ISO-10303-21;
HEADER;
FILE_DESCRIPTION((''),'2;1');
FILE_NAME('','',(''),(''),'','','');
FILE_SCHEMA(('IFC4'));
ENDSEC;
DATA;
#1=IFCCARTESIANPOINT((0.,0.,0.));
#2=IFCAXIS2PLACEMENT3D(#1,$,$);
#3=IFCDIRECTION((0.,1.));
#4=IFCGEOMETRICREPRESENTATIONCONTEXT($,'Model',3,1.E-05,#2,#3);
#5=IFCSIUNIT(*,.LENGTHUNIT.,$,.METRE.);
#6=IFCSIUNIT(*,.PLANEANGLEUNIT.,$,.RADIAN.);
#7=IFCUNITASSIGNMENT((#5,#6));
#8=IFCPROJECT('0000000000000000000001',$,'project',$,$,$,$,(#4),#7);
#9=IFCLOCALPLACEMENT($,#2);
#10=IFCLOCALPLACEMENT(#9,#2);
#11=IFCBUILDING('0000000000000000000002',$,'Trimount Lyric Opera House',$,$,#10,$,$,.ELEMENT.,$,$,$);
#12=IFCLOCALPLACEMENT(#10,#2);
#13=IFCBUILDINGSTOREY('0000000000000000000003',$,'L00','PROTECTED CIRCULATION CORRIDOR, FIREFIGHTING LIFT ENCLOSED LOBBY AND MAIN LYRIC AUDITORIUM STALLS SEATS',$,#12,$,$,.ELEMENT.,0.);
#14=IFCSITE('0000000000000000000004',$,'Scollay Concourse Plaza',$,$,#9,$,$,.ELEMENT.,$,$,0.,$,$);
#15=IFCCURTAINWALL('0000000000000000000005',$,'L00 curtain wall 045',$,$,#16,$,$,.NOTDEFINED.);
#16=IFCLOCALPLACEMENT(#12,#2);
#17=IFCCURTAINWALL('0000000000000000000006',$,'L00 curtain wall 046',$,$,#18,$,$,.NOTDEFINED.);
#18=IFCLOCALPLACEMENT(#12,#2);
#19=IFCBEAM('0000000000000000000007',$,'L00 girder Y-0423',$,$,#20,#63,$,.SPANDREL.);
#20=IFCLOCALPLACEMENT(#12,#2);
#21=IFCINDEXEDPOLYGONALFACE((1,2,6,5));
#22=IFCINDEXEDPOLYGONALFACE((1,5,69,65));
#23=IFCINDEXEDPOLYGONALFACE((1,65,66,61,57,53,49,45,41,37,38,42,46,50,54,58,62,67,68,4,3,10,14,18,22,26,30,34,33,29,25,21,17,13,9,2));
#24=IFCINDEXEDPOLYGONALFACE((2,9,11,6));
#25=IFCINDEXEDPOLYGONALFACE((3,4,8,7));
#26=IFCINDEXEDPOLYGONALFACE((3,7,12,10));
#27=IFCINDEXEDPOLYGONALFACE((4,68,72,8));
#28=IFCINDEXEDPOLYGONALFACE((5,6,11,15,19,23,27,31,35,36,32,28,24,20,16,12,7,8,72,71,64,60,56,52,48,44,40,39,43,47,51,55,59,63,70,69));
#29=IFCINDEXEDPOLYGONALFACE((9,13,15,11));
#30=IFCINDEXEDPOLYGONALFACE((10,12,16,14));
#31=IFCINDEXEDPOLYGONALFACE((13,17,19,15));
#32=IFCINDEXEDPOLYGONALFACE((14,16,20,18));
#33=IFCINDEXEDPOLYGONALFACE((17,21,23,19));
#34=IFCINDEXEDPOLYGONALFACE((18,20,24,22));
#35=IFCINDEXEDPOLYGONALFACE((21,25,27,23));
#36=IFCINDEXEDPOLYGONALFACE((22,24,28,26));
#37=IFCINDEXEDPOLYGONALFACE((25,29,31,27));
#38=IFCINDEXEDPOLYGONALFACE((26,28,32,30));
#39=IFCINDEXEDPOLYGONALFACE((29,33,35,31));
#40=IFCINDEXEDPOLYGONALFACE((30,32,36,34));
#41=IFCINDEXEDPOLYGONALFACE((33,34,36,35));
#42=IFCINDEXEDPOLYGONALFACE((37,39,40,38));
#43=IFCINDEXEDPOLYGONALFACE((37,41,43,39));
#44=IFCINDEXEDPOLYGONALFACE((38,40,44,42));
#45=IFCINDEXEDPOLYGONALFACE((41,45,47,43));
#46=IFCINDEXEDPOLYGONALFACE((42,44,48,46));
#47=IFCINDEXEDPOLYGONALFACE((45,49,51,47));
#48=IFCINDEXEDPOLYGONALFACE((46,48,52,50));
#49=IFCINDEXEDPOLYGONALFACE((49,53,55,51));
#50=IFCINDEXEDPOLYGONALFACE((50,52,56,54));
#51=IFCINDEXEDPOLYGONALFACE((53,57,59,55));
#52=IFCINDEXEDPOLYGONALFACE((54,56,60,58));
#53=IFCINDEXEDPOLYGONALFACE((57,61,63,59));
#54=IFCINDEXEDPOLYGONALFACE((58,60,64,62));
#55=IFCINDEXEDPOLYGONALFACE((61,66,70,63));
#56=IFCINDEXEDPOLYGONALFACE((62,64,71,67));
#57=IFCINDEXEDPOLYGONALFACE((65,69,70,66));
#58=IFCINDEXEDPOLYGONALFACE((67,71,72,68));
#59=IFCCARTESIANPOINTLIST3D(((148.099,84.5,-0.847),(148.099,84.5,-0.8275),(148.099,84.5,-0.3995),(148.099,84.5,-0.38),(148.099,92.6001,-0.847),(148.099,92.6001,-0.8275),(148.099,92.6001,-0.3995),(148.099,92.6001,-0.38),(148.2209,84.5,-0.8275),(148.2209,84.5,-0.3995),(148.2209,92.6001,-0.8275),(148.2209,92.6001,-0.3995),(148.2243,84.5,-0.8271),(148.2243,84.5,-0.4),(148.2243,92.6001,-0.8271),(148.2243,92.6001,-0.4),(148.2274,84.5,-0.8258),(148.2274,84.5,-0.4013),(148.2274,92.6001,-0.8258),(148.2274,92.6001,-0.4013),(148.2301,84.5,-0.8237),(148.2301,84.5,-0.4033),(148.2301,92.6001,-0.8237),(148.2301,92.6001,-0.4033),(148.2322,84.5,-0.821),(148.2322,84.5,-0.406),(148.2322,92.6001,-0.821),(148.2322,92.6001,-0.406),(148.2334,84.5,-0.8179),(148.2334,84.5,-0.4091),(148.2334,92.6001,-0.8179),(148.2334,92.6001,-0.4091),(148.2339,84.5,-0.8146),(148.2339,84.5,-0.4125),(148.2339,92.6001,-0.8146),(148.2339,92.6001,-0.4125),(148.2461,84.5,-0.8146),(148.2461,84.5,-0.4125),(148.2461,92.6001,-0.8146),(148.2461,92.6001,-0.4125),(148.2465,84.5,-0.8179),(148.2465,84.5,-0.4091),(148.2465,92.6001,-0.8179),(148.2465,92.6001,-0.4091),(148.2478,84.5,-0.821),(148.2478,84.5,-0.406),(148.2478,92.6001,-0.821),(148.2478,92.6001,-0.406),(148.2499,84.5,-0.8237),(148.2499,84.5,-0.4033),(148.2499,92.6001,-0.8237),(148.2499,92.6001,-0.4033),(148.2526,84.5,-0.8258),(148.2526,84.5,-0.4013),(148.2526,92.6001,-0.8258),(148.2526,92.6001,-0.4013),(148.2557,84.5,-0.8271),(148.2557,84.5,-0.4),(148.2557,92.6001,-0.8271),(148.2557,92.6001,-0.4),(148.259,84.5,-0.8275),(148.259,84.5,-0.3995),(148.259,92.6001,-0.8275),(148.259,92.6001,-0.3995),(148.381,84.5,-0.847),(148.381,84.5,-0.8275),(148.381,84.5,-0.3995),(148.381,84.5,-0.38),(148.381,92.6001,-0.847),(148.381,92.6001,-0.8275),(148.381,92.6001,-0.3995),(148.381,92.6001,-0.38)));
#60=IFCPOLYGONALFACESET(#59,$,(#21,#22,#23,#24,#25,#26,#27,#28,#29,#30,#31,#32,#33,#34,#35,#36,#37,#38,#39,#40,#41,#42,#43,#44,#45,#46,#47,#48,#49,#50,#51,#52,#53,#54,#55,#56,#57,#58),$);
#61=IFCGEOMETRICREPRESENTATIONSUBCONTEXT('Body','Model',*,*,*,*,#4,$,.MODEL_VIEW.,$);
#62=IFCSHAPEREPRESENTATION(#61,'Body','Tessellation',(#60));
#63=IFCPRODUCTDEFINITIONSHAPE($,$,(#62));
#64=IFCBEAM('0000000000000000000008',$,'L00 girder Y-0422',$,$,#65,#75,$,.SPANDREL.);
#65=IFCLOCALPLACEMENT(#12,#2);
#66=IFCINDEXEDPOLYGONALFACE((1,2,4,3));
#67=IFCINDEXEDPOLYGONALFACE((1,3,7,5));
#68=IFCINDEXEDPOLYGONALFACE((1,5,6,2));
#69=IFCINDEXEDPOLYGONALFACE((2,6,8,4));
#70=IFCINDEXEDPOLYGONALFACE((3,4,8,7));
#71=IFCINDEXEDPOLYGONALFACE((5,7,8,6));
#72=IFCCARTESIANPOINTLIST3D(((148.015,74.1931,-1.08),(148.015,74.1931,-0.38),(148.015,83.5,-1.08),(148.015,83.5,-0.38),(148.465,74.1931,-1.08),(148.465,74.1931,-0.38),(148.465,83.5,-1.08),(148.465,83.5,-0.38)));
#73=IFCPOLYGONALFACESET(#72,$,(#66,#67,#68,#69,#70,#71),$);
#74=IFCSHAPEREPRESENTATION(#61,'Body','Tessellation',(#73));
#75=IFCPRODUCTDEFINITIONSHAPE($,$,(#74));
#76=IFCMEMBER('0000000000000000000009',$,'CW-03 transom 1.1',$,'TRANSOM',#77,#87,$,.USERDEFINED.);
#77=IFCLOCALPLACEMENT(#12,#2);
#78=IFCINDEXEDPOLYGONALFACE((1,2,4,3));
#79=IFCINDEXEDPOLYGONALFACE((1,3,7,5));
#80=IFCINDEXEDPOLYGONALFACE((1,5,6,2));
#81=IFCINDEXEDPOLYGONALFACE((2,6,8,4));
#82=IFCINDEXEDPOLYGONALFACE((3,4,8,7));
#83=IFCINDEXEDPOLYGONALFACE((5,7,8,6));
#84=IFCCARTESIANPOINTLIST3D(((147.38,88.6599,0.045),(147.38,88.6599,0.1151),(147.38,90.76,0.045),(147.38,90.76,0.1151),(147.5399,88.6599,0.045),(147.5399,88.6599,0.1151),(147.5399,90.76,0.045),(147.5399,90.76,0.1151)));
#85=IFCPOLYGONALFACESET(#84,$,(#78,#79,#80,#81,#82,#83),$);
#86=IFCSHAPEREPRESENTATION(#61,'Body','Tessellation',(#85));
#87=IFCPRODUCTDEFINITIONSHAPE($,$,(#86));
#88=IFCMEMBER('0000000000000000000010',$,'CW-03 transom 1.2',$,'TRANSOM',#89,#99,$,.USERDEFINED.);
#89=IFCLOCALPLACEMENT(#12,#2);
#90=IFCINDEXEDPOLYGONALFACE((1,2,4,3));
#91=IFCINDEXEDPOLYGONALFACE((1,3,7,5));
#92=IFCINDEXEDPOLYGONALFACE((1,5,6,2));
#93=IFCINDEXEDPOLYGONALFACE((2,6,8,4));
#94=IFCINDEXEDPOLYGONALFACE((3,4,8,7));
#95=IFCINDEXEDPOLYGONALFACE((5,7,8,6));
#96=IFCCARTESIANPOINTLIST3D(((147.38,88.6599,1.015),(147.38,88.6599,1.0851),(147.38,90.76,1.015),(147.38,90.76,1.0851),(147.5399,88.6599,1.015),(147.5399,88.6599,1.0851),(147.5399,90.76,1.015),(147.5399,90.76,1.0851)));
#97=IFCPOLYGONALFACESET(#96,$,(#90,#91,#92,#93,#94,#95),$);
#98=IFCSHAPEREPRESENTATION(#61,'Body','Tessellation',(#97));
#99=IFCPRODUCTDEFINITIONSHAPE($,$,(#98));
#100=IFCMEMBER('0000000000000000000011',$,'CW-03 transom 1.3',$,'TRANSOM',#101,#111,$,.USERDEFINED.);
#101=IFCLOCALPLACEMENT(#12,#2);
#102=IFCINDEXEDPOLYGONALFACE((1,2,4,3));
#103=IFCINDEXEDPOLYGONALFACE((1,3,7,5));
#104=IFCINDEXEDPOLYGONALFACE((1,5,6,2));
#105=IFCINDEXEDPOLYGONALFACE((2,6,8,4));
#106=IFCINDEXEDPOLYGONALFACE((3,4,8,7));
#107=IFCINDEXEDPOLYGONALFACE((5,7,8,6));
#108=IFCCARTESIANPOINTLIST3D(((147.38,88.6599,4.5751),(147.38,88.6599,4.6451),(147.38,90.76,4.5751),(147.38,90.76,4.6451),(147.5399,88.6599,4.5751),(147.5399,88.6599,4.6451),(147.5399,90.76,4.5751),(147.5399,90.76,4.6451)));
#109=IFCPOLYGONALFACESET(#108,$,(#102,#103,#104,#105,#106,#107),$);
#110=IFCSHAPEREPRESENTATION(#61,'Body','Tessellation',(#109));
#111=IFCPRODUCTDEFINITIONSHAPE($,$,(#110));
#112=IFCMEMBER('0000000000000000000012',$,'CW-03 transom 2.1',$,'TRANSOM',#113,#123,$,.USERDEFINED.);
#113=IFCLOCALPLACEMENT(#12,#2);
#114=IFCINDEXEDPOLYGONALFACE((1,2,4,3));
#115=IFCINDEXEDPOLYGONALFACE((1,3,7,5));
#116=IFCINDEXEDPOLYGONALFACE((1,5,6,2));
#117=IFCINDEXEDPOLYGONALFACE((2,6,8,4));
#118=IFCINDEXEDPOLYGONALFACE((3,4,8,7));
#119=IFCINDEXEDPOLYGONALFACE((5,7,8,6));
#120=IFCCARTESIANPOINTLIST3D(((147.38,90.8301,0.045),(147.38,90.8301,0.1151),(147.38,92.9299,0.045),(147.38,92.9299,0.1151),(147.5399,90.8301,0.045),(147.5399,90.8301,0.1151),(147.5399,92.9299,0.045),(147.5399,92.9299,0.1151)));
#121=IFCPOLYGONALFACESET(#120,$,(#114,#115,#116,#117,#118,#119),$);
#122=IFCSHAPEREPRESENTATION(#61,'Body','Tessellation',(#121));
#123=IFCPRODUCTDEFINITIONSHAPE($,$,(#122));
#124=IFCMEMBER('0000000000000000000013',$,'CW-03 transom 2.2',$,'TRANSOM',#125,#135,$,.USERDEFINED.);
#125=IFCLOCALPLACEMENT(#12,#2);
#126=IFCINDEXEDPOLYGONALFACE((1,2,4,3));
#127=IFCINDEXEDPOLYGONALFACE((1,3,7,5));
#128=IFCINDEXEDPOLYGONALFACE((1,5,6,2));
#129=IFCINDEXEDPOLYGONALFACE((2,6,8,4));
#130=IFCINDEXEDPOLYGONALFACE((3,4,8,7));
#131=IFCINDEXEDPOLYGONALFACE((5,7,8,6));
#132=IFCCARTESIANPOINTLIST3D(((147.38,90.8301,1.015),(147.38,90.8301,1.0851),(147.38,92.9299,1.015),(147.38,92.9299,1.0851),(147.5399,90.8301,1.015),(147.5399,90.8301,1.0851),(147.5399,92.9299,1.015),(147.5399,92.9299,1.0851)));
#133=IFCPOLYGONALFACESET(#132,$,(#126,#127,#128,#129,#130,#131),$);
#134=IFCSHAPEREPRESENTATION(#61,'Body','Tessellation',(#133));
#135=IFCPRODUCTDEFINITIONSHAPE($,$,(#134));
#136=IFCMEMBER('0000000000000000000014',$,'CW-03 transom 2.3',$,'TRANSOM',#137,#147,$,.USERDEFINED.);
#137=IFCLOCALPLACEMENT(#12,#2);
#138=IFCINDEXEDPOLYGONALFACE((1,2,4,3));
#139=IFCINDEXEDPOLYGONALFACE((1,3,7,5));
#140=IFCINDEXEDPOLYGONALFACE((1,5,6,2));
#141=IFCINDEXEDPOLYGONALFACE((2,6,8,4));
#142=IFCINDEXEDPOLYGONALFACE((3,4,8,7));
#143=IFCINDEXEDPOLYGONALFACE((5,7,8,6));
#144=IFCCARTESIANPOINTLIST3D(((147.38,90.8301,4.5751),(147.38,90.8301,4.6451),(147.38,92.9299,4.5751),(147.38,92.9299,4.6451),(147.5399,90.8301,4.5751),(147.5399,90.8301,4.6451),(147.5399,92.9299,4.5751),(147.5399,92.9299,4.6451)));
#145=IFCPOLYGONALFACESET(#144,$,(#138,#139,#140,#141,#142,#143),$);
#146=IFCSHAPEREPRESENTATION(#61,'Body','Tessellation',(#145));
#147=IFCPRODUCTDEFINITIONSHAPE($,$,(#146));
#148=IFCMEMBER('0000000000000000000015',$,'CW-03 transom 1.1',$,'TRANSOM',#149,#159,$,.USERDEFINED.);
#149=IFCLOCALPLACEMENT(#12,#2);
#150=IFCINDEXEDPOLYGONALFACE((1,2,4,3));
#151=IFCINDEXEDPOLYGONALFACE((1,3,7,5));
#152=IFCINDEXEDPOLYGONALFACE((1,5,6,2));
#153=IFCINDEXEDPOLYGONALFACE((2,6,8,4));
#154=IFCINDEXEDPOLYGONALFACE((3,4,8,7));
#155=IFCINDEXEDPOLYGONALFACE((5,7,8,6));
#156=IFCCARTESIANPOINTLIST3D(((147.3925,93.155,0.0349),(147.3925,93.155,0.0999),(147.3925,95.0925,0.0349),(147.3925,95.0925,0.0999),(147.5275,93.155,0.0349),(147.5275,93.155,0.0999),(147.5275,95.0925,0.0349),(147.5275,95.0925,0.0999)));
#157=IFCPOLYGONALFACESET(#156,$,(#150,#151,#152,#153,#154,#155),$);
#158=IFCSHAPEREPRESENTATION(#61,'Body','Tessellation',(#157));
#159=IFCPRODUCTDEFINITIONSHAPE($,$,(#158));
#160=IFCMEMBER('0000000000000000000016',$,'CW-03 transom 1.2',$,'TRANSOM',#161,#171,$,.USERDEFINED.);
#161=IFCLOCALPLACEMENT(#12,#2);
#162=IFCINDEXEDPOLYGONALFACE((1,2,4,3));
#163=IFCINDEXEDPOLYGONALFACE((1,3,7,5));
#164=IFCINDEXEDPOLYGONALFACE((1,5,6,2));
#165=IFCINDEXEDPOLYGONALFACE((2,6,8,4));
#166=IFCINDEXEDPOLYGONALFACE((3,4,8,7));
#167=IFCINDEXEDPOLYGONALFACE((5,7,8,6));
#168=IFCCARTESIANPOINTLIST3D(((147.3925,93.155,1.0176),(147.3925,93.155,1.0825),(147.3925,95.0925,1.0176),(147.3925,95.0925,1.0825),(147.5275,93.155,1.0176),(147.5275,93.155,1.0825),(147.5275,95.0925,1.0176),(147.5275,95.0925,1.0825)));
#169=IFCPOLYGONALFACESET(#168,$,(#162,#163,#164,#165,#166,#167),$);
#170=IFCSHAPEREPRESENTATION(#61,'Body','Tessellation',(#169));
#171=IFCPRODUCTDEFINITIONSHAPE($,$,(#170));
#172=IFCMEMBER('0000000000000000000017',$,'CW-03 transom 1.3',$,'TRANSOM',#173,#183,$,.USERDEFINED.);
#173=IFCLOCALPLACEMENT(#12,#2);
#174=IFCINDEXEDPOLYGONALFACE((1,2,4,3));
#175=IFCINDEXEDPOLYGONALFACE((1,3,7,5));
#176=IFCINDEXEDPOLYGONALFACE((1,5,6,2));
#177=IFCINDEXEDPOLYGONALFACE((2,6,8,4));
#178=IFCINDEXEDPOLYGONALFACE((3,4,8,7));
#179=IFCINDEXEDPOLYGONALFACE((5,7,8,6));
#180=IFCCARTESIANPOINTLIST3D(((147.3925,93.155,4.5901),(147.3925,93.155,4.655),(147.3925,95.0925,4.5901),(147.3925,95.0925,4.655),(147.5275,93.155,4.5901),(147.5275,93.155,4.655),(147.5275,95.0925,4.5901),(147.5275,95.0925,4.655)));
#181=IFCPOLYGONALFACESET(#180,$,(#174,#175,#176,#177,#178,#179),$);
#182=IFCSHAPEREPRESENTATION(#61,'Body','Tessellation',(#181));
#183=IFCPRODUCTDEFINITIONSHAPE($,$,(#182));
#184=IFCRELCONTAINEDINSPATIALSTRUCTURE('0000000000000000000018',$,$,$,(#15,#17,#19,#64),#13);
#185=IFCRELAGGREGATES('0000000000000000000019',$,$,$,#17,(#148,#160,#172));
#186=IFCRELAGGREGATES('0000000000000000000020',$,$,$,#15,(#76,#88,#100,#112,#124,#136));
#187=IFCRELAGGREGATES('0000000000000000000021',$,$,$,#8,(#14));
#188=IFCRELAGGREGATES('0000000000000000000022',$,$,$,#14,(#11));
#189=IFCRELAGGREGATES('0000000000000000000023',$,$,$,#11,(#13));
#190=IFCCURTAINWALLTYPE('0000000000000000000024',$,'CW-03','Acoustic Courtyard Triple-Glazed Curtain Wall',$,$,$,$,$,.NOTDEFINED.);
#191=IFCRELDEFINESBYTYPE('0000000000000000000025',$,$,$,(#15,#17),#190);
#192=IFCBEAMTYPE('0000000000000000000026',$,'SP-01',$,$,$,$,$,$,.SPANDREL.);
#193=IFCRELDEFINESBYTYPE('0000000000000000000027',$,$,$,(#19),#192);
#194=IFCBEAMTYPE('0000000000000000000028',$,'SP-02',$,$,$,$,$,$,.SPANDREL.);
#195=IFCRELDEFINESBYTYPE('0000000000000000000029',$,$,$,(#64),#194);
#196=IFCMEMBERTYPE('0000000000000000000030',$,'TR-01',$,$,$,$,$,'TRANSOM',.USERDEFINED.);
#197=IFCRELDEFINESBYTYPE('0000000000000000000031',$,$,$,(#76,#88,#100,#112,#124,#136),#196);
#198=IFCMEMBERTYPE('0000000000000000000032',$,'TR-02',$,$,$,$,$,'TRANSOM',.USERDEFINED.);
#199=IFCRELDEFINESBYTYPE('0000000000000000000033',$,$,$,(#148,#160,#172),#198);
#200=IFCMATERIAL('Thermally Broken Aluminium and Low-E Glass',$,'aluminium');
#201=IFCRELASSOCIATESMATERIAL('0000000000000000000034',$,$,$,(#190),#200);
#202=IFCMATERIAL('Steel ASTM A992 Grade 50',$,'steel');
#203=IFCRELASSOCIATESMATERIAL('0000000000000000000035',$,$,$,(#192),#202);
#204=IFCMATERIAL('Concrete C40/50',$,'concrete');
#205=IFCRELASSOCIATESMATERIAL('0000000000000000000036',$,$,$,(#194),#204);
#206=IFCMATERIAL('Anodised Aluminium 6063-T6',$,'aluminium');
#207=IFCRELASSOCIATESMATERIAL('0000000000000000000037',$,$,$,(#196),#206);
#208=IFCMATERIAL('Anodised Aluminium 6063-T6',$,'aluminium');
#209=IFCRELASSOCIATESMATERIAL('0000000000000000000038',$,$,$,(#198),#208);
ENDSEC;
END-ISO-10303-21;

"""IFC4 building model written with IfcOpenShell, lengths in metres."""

from ifc_helpers import new_model, si_unit, direction, frame, origin, origin_2d, place, context, subcontext, project, spatial, rectangle, i_section, extrude, material, material_profile, profile_set, type_object, element, aggregate, save


model = new_model("IFC4")

# Units and contexts
model_context = context("Model", 3, precision=1e-05, world=origin(), true_north=direction((0.0, 1.0)))
body_context = subcontext(model_context, "Body", "Model", "MODEL_VIEW")
ifc_project = project(units=[si_unit("LENGTHUNIT", "METRE"), si_unit("PLANEANGLEUNIT", "RADIAN")], contexts=[model_context])

# Site, building, storey
site_placement = place(None, origin())
site = spatial("IfcSite", under=ifc_project, at=site_placement, Name="Scollay Concourse Plaza", CompositionType="ELEMENT", RefElevation=0.0)
building_placement = place(site_placement, origin())
building = spatial("IfcBuilding", under=site, at=building_placement, Name="Trimount Lyric Opera House", CompositionType="ELEMENT")
storey_placement = place(building_placement, origin())
storey = spatial("IfcBuildingStorey", under=building, at=storey_placement, Name="L00", Description="PROTECTED CIRCULATION CORRIDOR, FIREFIGHTING LIFT ENCLOSED LOBBY AND MAIN LYRIC AUDITORIUM STALLS SEATS", CompositionType="ELEMENT", Elevation=0.0)

# Curtain wall
ifc_material_1 = material(Name="Thermally Broken Aluminium and Low-E Glass", Category="aluminium")
curtain_wall_type = type_object("IfcCurtainWallType", Name="CW-03", Description="Acoustic Courtyard Triple-Glazed Curtain Wall", PredefinedType="NOTDEFINED", material=ifc_material_1)
curtain_wall_1_placement = place(storey_placement, origin())
curtain_wall_1 = element("IfcCurtainWall", 1, at=curtain_wall_1_placement, inside=storey, type_object=curtain_wall_type, Name="L00 curtain wall 045", PredefinedType="NOTDEFINED")

# Curtain wall
curtain_wall_2_placement = place(storey_placement, origin())
curtain_wall_2 = element("IfcCurtainWall", 2, at=curtain_wall_2_placement, inside=storey, type_object=curtain_wall_type, Name="L00 curtain wall 046", PredefinedType="NOTDEFINED")

# Beams
ifc_material_2 = material(Name="Steel ASTM A992 Grade 50", Category="steel")
ifc_material_profile_1 = material_profile(ifc_material_2, i_section(OverallWidth=0.282, OverallDepth=0.467, WebThickness=0.0122, FlangeThickness=0.0195, FilletRadius=0.0129, at=origin_2d()), Name="W18X86")
ifc_profile_set_1 = profile_set([ifc_material_profile_1], Name="Steel ASTM A992 Grade 50")
beam_type_1 = type_object("IfcBeamType", Name="SP-01", PredefinedType="SPANDREL", material=ifc_profile_set_1)
beam_1_placement = place(storey_placement, frame((148.24, 84.5, -0.6135), z_axis=(0.0, 1.0, 0.0), x_axis=(-1.0, 0.0, 0.0)))
element("IfcBeam", 3, at=beam_1_placement, inside=storey, type_object=beam_type_1, Name="L00 girder Y-0423", PredefinedType="SPANDREL", context=body_context, shape_type="SweptSolid", body=[
    extrude(i_section(OverallWidth=0.282, OverallDepth=0.467, WebThickness=0.0122, FlangeThickness=0.0195, FilletRadius=0.0129, at=origin_2d()), origin(), (0.0, 0.0, 1.0), 8.1001),
])
ifc_material_3 = material(Name="Concrete C40/50", Category="concrete")
ifc_material_profile_2 = material_profile(ifc_material_3, rectangle(XDim=0.45, YDim=0.7, at=origin_2d()), Name="RC450X700")
ifc_profile_set_2 = profile_set([ifc_material_profile_2], Name="Concrete C40/50")
beam_type_2 = type_object("IfcBeamType", Name="SP-02", PredefinedType="SPANDREL", material=ifc_profile_set_2)
beam_2_placement = place(storey_placement, frame((148.24, 74.1931, -0.73), z_axis=(0.0, 1.0, 0.0), x_axis=(-1.0, 0.0, 0.0)))
element("IfcBeam", 4, at=beam_2_placement, inside=storey, type_object=beam_type_2, Name="L00 girder Y-0422", PredefinedType="SPANDREL", context=body_context, shape_type="SweptSolid", body=[
    extrude(rectangle(XDim=0.45, YDim=0.7, at=origin_2d()), origin(), (0.0, 0.0, 1.0), 9.3069),
])

# Members
ifc_material_4 = material(Name="Anodised Aluminium 6063-T6", Category="aluminium")
ifc_material_profile_3 = material_profile(ifc_material_4, rectangle(XDim=0.1599, YDim=0.0701, at=origin_2d()), Name="ALU-TRAN-70X160")
ifc_profile_set_3 = profile_set([ifc_material_profile_3], Name="Anodised Aluminium 6063-T6")
member_type_1 = type_object("IfcMemberType", Name="TR-01", ElementType="TRANSOM", PredefinedType="USERDEFINED", material=ifc_profile_set_3)
member_1_placement = place(storey_placement, frame((147.46, 88.6599, 0.0801), z_axis=(0.0, 1.0, 0.0), x_axis=(-1.0, 0.0, 0.0)))
member_1 = element("IfcMember", 5, at=member_1_placement, type_object=member_type_1, Name="CW-03 transom 1.1", ObjectType="TRANSOM", PredefinedType="USERDEFINED", context=body_context, shape_type="SweptSolid", body=[
    extrude(rectangle(XDim=0.1599, YDim=0.0701, at=origin_2d()), origin(), (0.0, 0.0, 1.0), 2.1001),
])
member_2_placement = place(storey_placement, frame((147.46, 88.6599, 1.05), z_axis=(0.0, 1.0, 0.0), x_axis=(-1.0, 0.0, 0.0)))
member_2 = element("IfcMember", 6, at=member_2_placement, type_object=member_type_1, Name="CW-03 transom 1.2", ObjectType="TRANSOM", PredefinedType="USERDEFINED", context=body_context, shape_type="SweptSolid", body=[
    extrude(rectangle(XDim=0.1599, YDim=0.0701, at=origin_2d()), origin(), (0.0, 0.0, 1.0), 2.1001),
])
member_3_placement = place(storey_placement, frame((147.46, 88.6599, 4.6101), z_axis=(0.0, 1.0, 0.0), x_axis=(-1.0, 0.0, 0.0)))
member_3 = element("IfcMember", 7, at=member_3_placement, type_object=member_type_1, Name="CW-03 transom 1.3", ObjectType="TRANSOM", PredefinedType="USERDEFINED", context=body_context, shape_type="SweptSolid", body=[
    extrude(rectangle(XDim=0.1599, YDim=0.0701, at=origin_2d()), origin(), (0.0, 0.0, 1.0), 2.1001),
])
member_4_placement = place(storey_placement, frame((147.46, 90.8301, 0.0801), z_axis=(0.0, 1.0, 0.0), x_axis=(-1.0, 0.0, 0.0)))
member_4 = element("IfcMember", 8, at=member_4_placement, type_object=member_type_1, Name="CW-03 transom 2.1", ObjectType="TRANSOM", PredefinedType="USERDEFINED", context=body_context, shape_type="SweptSolid", body=[
    extrude(rectangle(XDim=0.1599, YDim=0.0701, at=origin_2d()), origin(), (0.0, 0.0, 1.0), 2.0999),
])
member_5_placement = place(storey_placement, frame((147.46, 90.8301, 1.05), z_axis=(0.0, 1.0, 0.0), x_axis=(-1.0, 0.0, 0.0)))
member_5 = element("IfcMember", 9, at=member_5_placement, type_object=member_type_1, Name="CW-03 transom 2.2", ObjectType="TRANSOM", PredefinedType="USERDEFINED", context=body_context, shape_type="SweptSolid", body=[
    extrude(rectangle(XDim=0.1599, YDim=0.0701, at=origin_2d()), origin(), (0.0, 0.0, 1.0), 2.0999),
])
member_6_placement = place(storey_placement, frame((147.46, 90.8301, 4.6101), z_axis=(0.0, 1.0, 0.0), x_axis=(-1.0, 0.0, 0.0)))
member_6 = element("IfcMember", 10, at=member_6_placement, type_object=member_type_1, Name="CW-03 transom 2.3", ObjectType="TRANSOM", PredefinedType="USERDEFINED", context=body_context, shape_type="SweptSolid", body=[
    extrude(rectangle(XDim=0.1599, YDim=0.0701, at=origin_2d()), origin(), (0.0, 0.0, 1.0), 2.0999),
])
ifc_material_5 = material(Name="Anodised Aluminium 6063-T6", Category="aluminium")
ifc_material_profile_4 = material_profile(ifc_material_5, rectangle(XDim=0.135, YDim=0.0649, at=origin_2d()), Name="ALU-TRAN-65X135")
ifc_profile_set_4 = profile_set([ifc_material_profile_4], Name="Anodised Aluminium 6063-T6")
member_type_2 = type_object("IfcMemberType", Name="TR-02", ElementType="TRANSOM", PredefinedType="USERDEFINED", material=ifc_profile_set_4)
member_7_placement = place(storey_placement, frame((147.46, 93.155, 0.0674), z_axis=(0.0, 1.0, 0.0), x_axis=(-1.0, 0.0, 0.0)))
member_7 = element("IfcMember", 11, at=member_7_placement, type_object=member_type_2, Name="CW-03 transom 1.1", ObjectType="TRANSOM", PredefinedType="USERDEFINED", context=body_context, shape_type="SweptSolid", body=[
    extrude(rectangle(XDim=0.135, YDim=0.0649, at=origin_2d()), origin(), (0.0, 0.0, 1.0), 1.9375),
])
member_8_placement = place(storey_placement, frame((147.46, 93.155, 1.05), z_axis=(0.0, 1.0, 0.0), x_axis=(-1.0, 0.0, 0.0)))
member_8 = element("IfcMember", 12, at=member_8_placement, type_object=member_type_2, Name="CW-03 transom 1.2", ObjectType="TRANSOM", PredefinedType="USERDEFINED", context=body_context, shape_type="SweptSolid", body=[
    extrude(rectangle(XDim=0.135, YDim=0.0649, at=origin_2d()), origin(), (0.0, 0.0, 1.0), 1.9375),
])
member_9_placement = place(storey_placement, frame((147.46, 93.155, 4.6226), z_axis=(0.0, 1.0, 0.0), x_axis=(-1.0, 0.0, 0.0)))
member_9 = element("IfcMember", 13, at=member_9_placement, type_object=member_type_2, Name="CW-03 transom 1.3", ObjectType="TRANSOM", PredefinedType="USERDEFINED", context=body_context, shape_type="SweptSolid", body=[
    extrude(rectangle(XDim=0.135, YDim=0.0649, at=origin_2d()), origin(), (0.0, 0.0, 1.0), 1.9375),
])
aggregate(curtain_wall_2, [member_7, member_8, member_9])

aggregate(curtain_wall_1, [member_1, member_2, member_3, member_4, member_5, member_6])

save(model, "model.ifc")
